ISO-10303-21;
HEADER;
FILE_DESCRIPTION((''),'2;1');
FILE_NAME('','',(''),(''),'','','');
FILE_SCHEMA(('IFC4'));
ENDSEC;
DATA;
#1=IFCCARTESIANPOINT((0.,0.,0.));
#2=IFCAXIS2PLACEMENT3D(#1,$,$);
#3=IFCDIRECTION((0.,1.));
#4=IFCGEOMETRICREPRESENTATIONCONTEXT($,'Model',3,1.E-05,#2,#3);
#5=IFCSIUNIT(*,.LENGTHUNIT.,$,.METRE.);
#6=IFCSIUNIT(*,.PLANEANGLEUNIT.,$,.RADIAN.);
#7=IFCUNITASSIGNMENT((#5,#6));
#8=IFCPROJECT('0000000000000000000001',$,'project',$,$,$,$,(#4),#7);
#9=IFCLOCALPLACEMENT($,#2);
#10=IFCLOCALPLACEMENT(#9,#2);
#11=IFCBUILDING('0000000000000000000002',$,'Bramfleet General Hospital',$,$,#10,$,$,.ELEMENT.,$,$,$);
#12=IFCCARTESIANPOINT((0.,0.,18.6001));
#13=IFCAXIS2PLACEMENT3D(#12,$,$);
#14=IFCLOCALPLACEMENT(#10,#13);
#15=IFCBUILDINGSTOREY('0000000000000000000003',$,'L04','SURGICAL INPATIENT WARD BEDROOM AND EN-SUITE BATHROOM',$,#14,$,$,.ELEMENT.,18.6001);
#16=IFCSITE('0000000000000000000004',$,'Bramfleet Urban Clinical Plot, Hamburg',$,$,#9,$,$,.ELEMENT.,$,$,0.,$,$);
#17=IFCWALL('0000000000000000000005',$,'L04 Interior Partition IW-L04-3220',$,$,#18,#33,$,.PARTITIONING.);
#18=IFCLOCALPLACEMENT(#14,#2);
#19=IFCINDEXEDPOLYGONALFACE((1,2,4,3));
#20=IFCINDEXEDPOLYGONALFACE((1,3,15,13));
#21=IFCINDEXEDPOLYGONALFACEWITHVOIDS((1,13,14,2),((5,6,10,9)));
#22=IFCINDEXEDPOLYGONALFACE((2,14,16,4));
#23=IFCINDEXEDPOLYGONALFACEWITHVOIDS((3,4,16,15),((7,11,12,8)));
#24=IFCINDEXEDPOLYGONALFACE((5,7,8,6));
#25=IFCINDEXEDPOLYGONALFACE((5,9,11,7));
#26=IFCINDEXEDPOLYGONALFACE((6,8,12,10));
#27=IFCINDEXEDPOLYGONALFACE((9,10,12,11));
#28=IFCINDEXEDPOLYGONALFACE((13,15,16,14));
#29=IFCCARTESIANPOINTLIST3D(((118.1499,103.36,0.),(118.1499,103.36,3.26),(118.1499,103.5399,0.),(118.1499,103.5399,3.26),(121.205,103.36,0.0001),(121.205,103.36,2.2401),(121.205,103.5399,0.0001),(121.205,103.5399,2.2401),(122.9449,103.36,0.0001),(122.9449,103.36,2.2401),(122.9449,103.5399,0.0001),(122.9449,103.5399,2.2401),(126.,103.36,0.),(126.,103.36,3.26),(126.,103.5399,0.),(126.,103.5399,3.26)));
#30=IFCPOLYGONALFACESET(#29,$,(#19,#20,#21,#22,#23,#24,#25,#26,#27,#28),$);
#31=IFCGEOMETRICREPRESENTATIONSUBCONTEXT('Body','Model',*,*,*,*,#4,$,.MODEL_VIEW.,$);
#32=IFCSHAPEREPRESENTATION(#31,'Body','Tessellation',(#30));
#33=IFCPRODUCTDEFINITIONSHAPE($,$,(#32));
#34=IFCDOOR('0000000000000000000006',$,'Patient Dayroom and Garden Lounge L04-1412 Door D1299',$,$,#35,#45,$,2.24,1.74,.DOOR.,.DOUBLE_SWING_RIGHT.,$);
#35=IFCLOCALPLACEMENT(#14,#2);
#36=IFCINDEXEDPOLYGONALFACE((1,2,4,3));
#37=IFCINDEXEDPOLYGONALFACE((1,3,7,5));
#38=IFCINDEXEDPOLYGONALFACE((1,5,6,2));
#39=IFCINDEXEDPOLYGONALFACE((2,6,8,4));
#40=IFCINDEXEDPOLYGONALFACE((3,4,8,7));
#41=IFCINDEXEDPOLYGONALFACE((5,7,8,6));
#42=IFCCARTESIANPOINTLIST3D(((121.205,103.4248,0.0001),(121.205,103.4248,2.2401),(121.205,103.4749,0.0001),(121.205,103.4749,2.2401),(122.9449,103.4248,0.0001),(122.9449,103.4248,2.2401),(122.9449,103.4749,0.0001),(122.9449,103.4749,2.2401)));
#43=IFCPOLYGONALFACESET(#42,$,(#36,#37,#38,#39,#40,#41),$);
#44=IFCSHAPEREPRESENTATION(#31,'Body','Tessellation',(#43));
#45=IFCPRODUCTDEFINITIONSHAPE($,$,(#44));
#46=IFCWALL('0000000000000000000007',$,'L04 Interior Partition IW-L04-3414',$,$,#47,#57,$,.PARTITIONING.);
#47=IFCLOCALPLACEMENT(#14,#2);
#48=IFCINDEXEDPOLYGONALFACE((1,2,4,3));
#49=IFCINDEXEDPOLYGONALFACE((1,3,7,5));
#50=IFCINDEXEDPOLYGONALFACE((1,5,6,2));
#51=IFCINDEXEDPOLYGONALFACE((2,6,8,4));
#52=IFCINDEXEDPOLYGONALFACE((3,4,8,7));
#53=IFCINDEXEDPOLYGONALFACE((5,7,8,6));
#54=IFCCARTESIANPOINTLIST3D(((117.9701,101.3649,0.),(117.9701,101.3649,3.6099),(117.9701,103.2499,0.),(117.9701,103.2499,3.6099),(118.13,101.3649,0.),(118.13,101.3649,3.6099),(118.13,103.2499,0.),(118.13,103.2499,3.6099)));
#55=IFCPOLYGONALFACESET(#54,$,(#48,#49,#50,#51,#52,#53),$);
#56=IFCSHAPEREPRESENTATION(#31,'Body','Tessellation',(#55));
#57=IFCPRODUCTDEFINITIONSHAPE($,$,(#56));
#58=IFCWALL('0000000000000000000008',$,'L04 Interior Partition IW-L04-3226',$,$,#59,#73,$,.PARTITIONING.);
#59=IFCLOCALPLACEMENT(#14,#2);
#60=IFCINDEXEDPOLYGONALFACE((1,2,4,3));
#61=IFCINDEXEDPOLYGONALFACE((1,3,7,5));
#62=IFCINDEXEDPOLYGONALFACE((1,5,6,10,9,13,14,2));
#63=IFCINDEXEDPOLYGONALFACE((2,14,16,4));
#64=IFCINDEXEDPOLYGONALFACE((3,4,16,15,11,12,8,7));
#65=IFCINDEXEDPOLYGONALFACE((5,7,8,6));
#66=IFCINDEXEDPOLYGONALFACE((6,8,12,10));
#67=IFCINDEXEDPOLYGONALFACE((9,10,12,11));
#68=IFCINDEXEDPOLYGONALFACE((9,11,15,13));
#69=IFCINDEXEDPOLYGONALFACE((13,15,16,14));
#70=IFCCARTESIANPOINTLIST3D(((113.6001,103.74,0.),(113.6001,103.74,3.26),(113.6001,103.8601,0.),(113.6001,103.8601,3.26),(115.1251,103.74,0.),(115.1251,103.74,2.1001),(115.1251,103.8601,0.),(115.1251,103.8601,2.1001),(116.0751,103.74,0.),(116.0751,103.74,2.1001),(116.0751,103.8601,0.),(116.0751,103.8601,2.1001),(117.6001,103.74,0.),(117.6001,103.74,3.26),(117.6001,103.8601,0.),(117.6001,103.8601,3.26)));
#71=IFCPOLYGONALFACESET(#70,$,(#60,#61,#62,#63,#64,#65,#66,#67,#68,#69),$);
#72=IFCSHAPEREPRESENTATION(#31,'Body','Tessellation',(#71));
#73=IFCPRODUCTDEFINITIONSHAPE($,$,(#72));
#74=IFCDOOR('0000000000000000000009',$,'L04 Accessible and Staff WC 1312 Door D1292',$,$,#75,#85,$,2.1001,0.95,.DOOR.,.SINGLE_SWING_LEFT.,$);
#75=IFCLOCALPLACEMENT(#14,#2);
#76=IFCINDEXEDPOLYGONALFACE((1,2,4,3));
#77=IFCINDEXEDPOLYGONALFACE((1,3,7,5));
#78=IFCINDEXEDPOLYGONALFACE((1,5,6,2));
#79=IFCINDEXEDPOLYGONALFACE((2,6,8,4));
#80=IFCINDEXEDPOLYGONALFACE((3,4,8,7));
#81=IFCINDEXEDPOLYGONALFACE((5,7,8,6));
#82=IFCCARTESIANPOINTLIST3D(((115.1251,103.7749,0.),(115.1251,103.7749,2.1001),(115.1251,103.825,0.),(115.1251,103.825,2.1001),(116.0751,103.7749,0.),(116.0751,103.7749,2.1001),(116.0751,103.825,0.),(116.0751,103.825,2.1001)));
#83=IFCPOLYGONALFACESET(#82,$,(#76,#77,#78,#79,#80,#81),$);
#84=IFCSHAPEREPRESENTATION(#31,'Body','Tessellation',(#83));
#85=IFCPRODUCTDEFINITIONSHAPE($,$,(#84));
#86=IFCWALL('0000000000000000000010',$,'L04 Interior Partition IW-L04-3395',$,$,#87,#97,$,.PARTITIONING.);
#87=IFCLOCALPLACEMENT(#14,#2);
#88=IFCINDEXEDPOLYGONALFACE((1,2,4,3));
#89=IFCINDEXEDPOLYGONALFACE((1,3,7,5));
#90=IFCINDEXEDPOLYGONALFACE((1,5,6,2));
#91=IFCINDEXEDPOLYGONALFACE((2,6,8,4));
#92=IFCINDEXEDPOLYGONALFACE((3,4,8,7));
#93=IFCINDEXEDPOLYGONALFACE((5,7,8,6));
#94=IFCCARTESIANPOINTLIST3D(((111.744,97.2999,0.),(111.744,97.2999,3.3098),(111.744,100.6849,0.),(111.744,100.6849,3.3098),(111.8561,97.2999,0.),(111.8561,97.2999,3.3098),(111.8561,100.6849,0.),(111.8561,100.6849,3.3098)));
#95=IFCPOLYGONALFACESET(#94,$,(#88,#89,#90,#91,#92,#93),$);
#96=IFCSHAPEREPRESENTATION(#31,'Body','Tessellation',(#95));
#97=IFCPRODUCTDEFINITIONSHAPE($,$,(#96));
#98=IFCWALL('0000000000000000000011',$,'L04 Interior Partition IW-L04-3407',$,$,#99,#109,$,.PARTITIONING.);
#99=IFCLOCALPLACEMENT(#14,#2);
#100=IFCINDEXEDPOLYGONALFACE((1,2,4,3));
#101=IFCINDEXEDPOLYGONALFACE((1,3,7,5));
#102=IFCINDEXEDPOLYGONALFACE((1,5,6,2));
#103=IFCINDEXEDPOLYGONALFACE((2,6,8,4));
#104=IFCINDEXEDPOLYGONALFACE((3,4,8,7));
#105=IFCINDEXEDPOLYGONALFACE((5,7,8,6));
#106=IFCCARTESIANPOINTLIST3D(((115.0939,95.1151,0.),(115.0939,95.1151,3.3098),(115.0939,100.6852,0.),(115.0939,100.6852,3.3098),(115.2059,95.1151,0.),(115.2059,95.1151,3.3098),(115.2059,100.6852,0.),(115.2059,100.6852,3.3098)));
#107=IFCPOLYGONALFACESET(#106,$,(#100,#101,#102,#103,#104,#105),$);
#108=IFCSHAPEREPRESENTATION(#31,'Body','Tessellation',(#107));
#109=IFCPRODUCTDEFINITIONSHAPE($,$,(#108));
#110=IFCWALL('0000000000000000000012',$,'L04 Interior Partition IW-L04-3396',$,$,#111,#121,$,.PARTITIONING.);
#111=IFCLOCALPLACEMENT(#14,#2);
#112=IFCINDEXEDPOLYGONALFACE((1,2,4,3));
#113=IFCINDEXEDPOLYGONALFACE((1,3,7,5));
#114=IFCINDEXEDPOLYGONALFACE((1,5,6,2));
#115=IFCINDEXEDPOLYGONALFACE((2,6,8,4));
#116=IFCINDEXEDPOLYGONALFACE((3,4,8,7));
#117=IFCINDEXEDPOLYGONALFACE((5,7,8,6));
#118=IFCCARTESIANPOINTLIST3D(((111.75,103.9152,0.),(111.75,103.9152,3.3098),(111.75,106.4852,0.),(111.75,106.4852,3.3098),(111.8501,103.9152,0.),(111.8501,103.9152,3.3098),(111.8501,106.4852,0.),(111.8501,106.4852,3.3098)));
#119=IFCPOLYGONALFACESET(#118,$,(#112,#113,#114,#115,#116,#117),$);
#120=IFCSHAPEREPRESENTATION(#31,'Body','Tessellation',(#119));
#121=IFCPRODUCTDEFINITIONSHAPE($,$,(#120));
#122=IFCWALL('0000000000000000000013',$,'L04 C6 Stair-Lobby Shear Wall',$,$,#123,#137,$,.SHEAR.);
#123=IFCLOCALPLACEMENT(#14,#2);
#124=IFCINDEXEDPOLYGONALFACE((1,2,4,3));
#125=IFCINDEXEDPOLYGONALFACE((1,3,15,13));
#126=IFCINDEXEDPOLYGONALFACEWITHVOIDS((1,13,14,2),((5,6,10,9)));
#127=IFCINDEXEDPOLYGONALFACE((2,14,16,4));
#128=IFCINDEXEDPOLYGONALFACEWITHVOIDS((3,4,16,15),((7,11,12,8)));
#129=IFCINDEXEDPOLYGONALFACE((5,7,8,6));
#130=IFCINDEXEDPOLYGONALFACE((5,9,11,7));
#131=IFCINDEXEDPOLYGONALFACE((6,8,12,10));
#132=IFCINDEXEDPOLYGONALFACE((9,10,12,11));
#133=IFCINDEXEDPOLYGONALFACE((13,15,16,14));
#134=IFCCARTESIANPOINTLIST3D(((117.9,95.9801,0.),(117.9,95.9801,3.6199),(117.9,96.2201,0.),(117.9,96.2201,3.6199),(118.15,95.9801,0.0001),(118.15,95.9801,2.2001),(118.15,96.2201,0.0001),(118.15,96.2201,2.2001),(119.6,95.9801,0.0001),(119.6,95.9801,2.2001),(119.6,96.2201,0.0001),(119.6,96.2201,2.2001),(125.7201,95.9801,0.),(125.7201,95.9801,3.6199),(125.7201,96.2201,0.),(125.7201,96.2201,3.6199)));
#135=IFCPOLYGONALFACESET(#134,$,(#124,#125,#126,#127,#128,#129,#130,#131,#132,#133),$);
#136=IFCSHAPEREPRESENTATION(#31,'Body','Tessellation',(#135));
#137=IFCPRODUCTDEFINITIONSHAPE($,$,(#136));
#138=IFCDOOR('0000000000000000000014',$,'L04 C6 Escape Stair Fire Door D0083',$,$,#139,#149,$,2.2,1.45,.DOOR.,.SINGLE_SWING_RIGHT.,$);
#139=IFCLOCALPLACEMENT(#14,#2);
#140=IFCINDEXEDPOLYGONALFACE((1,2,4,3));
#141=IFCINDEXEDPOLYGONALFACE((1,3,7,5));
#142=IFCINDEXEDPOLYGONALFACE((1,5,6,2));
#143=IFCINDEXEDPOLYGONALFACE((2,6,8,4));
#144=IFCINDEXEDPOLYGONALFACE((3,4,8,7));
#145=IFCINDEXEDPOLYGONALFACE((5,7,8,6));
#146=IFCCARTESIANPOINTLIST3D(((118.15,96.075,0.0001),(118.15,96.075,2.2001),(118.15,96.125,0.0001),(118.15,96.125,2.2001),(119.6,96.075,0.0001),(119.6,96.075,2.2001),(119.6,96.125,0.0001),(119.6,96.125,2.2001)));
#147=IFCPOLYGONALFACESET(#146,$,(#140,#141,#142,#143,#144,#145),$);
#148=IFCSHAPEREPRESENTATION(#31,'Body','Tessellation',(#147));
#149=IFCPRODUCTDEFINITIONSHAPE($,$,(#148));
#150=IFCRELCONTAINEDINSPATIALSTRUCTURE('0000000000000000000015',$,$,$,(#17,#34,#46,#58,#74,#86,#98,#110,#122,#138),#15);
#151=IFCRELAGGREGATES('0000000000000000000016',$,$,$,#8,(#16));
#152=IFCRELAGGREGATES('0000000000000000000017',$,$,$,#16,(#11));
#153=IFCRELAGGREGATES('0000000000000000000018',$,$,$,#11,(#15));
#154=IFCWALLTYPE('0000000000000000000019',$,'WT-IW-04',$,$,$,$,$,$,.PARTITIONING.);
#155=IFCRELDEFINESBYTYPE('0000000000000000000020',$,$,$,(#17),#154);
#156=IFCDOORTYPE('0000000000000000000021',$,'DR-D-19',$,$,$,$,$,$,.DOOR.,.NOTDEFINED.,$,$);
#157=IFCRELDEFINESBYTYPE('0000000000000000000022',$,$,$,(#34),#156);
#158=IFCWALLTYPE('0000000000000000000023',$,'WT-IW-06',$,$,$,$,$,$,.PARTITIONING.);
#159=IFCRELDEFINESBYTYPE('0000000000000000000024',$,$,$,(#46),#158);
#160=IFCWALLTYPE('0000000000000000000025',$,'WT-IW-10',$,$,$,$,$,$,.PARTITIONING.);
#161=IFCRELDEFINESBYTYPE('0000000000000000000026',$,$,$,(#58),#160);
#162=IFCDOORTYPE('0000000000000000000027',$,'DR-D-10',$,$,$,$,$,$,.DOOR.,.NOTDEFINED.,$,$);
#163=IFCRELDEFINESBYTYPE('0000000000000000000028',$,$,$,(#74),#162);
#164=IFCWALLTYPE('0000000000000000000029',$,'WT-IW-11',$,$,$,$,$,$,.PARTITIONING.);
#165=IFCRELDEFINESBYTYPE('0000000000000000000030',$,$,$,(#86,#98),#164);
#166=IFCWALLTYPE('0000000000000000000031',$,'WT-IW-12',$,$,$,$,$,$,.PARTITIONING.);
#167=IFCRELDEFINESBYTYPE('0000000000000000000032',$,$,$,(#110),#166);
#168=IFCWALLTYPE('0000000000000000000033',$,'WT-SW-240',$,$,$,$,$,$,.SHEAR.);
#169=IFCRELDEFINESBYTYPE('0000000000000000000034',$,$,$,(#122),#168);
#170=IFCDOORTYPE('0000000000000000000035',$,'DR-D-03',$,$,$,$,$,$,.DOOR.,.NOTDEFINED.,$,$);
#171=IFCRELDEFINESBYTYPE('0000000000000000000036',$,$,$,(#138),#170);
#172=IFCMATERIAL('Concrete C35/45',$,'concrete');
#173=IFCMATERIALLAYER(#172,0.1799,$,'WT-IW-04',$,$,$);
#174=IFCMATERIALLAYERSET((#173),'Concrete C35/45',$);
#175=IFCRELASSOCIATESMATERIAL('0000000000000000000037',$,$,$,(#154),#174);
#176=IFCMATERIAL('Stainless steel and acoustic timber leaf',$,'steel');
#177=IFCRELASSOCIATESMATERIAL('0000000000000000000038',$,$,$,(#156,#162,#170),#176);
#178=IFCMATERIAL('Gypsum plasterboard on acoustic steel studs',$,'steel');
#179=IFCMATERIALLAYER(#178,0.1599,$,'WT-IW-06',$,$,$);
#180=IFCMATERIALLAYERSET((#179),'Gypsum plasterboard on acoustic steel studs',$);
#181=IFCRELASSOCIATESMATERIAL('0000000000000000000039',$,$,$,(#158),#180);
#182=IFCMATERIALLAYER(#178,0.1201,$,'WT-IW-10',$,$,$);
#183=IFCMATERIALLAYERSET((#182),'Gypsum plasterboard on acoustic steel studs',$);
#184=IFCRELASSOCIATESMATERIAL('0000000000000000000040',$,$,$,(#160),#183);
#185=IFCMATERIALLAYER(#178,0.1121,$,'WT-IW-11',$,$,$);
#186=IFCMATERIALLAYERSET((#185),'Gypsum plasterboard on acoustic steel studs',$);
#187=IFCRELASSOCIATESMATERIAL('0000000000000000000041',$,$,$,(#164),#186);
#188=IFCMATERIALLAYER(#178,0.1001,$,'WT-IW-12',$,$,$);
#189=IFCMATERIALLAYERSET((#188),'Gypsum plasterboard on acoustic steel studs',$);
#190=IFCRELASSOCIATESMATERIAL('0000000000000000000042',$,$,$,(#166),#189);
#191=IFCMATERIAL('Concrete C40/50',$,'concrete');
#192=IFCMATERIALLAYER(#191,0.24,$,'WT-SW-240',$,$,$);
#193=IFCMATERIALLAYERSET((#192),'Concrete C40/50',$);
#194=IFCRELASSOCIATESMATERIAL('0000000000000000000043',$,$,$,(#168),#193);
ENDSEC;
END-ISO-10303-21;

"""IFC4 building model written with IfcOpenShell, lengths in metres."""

from ifc_helpers import new_model, si_unit, direction, frame, frame_2d, origin, place, context, subcontext, project, spatial, rectangle, extrude, material, layer, layer_set, type_object, element, fill, save


model = new_model("IFC4")

# Units and contexts
model_context = context("Model", 3, precision=1e-05, world=origin(), true_north=direction((0.0, 1.0)))
body_context = subcontext(model_context, "Body", "Model", "MODEL_VIEW")
ifc_project = project(units=[si_unit("LENGTHUNIT", "METRE"), si_unit("PLANEANGLEUNIT", "RADIAN")], contexts=[model_context])

# Site, building, storey
site_placement = place(None, origin())
site = spatial("IfcSite", under=ifc_project, at=site_placement, Name="Bramfleet Urban Clinical Plot, Hamburg", CompositionType="ELEMENT", RefElevation=0.0)
building_placement = place(site_placement, origin())
building = spatial("IfcBuilding", under=site, at=building_placement, Name="Bramfleet General Hospital", CompositionType="ELEMENT")
storey_placement = place(building_placement, frame((0.0, 0.0, 18.6001)))
storey = spatial("IfcBuildingStorey", under=building, at=storey_placement, Name="L04", Description="SURGICAL INPATIENT WARD BEDROOM AND EN-SUITE BATHROOM", CompositionType="ELEMENT", Elevation=18.6001)

# Shared definitions
ifc_material_1 = material(Name="Concrete C40/50", Category="concrete")

# Shared definitions
ifc_material_2 = material(Name="Concrete C35/45", Category="concrete")

# Shared definitions
ifc_material_3 = material(Name="Stainless steel and acoustic timber leaf", Category="steel")

# Wall, opening, door
ifc_layer_1 = layer(ifc_material_2, 0.1799, Name="WT-IW-04")
ifc_layer_set_1 = layer_set([ifc_layer_1], Name="Concrete C35/45")
wall_type_1 = type_object("IfcWallType", Name="WT-IW-04", PredefinedType="PARTITIONING", material=ifc_layer_set_1)
wall_1_placement = place(storey_placement, frame((118.1499, 103.45, 0.0), z_axis=(0.0, 0.0, 1.0), x_axis=(1.0, 0.0, 0.0)))
wall_1 = element("IfcWall", 1, at=wall_1_placement, inside=storey, type_object=wall_type_1, Name="L04 Interior Partition IW-L04-3220", PredefinedType="PARTITIONING", context=body_context, shape_type="SweptSolid", body=[
    extrude(rectangle(XDim=7.8501, YDim=0.1799, at=frame_2d((3.925, 0.0))), origin(), (0.0, 0.0, 1.0), 3.26),
])
opening_1_placement = place(wall_1_placement, frame((3.0549, 0.0, 0.0)))
opening_1 = element("IfcOpeningElement", 2, at=opening_1_placement, cuts=wall_1, PredefinedType="OPENING", context=body_context, shape_type="SweptSolid", body=[
    extrude(rectangle(XDim=1.74, YDim=2.24, at=frame_2d((0.8701, 1.1201))), frame((0.0, 0.0999, 0.0), z_axis=(0.0, -1.0, 0.0), x_axis=(1.0, 0.0, 0.0)), (0.0, 0.0, 1.0), 0.2),
])
door_type_1 = type_object("IfcDoorType", Name="DR-D-19", OperationType="NOTDEFINED", PredefinedType="DOOR", material=ifc_material_3)
door_1_placement = place(opening_1_placement, origin())
door_1 = element("IfcDoor", 3, at=door_1_placement, inside=storey, type_object=door_type_1, Name="Patient Dayroom and Garden Lounge L04-1412 Door D1299", OperationType="DOUBLE_SWING_RIGHT", OverallHeight=2.24, OverallWidth=1.74, PredefinedType="DOOR", context=body_context, shape_type="SweptSolid", body=[
    extrude(rectangle(XDim=1.74, YDim=2.24, at=frame_2d((0.8701, 1.1201))), frame((0.0, 0.0249, 0.0), z_axis=(0.0, -1.0, 0.0), x_axis=(1.0, 0.0, 0.0)), (0.0, 0.0, 1.0), 0.05),
])
fill(opening_1, door_1)

# Wall
ifc_material_4 = material(Name="Gypsum plasterboard on acoustic steel studs", Category="steel")
ifc_layer_2 = layer(ifc_material_4, 0.1599, Name="WT-IW-06")
ifc_layer_set_2 = layer_set([ifc_layer_2], Name="Gypsum plasterboard on acoustic steel studs")
wall_type_2 = type_object("IfcWallType", Name="WT-IW-06", PredefinedType="PARTITIONING", material=ifc_layer_set_2)
wall_2_placement = place(storey_placement, frame((118.05, 101.365, 0.0), z_axis=(0.0, 0.0, 1.0), x_axis=(0.0, 1.0, 0.0)))
element("IfcWall", 4, at=wall_2_placement, inside=storey, type_object=wall_type_2, Name="L04 Interior Partition IW-L04-3414", PredefinedType="PARTITIONING", context=body_context, shape_type="SweptSolid", body=[
    extrude(rectangle(XDim=1.885, YDim=0.1599, at=frame_2d((0.9424, 0.0))), origin(), (0.0, 0.0, 1.0), 3.6099),
])

# Wall, opening, door
ifc_layer_3 = layer(ifc_material_4, 0.1201, Name="WT-IW-10")
ifc_layer_set_3 = layer_set([ifc_layer_3], Name="Gypsum plasterboard on acoustic steel studs")
wall_type_3 = type_object("IfcWallType", Name="WT-IW-10", PredefinedType="PARTITIONING", material=ifc_layer_set_3)
wall_3_placement = place(storey_placement, frame((113.6001, 103.8, 0.0), z_axis=(0.0, 0.0, 1.0), x_axis=(1.0, 0.0, 0.0)))
wall_3 = element("IfcWall", 5, at=wall_3_placement, inside=storey, type_object=wall_type_3, Name="L04 Interior Partition IW-L04-3226", PredefinedType="PARTITIONING", context=body_context, shape_type="SweptSolid", body=[
    extrude(rectangle(XDim=4.0, YDim=0.1201, at=frame_2d((2.0, 0.0))), origin(), (0.0, 0.0, 1.0), 3.26),
])
opening_2_placement = place(wall_3_placement, frame((1.5249, 0.0, 0.0)))
opening_2 = element("IfcOpeningElement", 6, at=opening_2_placement, cuts=wall_3, PredefinedType="OPENING", context=body_context, shape_type="SweptSolid", body=[
    extrude(rectangle(XDim=0.95, YDim=2.1001, at=frame_2d((0.4751, 1.05))), frame((0.0, 0.0701, 0.0), z_axis=(0.0, -1.0, 0.0), x_axis=(1.0, 0.0, 0.0)), (0.0, 0.0, 1.0), 0.1401),
])
door_type_2 = type_object("IfcDoorType", Name="DR-D-10", OperationType="NOTDEFINED", PredefinedType="DOOR", material=ifc_material_3)
door_2_placement = place(opening_2_placement, origin())
door_2 = element("IfcDoor", 7, at=door_2_placement, inside=storey, type_object=door_type_2, Name="L04 Accessible and Staff WC 1312 Door D1292", OperationType="SINGLE_SWING_LEFT", OverallHeight=2.1001, OverallWidth=0.95, PredefinedType="DOOR", context=body_context, shape_type="SweptSolid", body=[
    extrude(rectangle(XDim=0.95, YDim=2.1001, at=frame_2d((0.4751, 1.05))), frame((0.0, 0.0249, 0.0), z_axis=(0.0, -1.0, 0.0), x_axis=(1.0, 0.0, 0.0)), (0.0, 0.0, 1.0), 0.05),
])
fill(opening_2, door_2)

# Walls
ifc_layer_4 = layer(ifc_material_4, 0.1121, Name="WT-IW-11")
ifc_layer_set_4 = layer_set([ifc_layer_4], Name="Gypsum plasterboard on acoustic steel studs")
wall_type_4 = type_object("IfcWallType", Name="WT-IW-11", PredefinedType="PARTITIONING", material=ifc_layer_set_4)
wall_4_placement = place(storey_placement, frame((111.8, 97.3, 0.0), z_axis=(0.0, 0.0, 1.0), x_axis=(0.0, 1.0, 0.0)))
element("IfcWall", 8, at=wall_4_placement, inside=storey, type_object=wall_type_4, Name="L04 Interior Partition IW-L04-3395", PredefinedType="PARTITIONING", context=body_context, shape_type="SweptSolid", body=[
    extrude(rectangle(XDim=3.385, YDim=0.1121, at=frame_2d((1.6924, 0.0))), origin(), (0.0, 0.0, 1.0), 3.3098),
])
wall_5_placement = place(storey_placement, frame((115.1499, 95.115, 0.0), z_axis=(0.0, 0.0, 1.0), x_axis=(0.0, 1.0, 0.0)))
element("IfcWall", 9, at=wall_5_placement, inside=storey, type_object=wall_type_4, Name="L04 Interior Partition IW-L04-3407", PredefinedType="PARTITIONING", context=body_context, shape_type="SweptSolid", body=[
    extrude(rectangle(XDim=5.5701, YDim=0.1121, at=frame_2d((2.7852, 0.0))), origin(), (0.0, 0.0, 1.0), 3.3098),
])
ifc_layer_5 = layer(ifc_material_4, 0.1001, Name="WT-IW-12")
ifc_layer_set_5 = layer_set([ifc_layer_5], Name="Gypsum plasterboard on acoustic steel studs")
wall_type_5 = type_object("IfcWallType", Name="WT-IW-12", PredefinedType="PARTITIONING", material=ifc_layer_set_5)
wall_6_placement = place(storey_placement, frame((111.8, 103.915, 0.0), z_axis=(0.0, 0.0, 1.0), x_axis=(0.0, 1.0, 0.0)))
element("IfcWall", 10, at=wall_6_placement, inside=storey, type_object=wall_type_5, Name="L04 Interior Partition IW-L04-3396", PredefinedType="PARTITIONING", context=body_context, shape_type="SweptSolid", body=[
    extrude(rectangle(XDim=2.5701, YDim=0.1001, at=frame_2d((1.2852, 0.0))), origin(), (0.0, 0.0, 1.0), 3.3098),
])

# Wall, opening, door
ifc_layer_6 = layer(ifc_material_1, 0.24, Name="WT-SW-240")
ifc_layer_set_6 = layer_set([ifc_layer_6], Name="Concrete C40/50")
wall_type_6 = type_object("IfcWallType", Name="WT-SW-240", PredefinedType="SHEAR", material=ifc_layer_set_6)
wall_7_placement = place(storey_placement, frame((117.8999, 96.1001, 0.0), z_axis=(0.0, 0.0, 1.0), x_axis=(1.0, 0.0, 0.0)))
wall_7 = element("IfcWall", 11, at=wall_7_placement, inside=storey, type_object=wall_type_6, Name="L04 C6 Stair-Lobby Shear Wall", PredefinedType="SHEAR", context=body_context, shape_type="SweptSolid", body=[
    extrude(rectangle(XDim=7.8201, YDim=0.24, at=frame_2d((3.9102, 0.0))), origin(), (0.0, 0.0, 1.0), 3.6199),
])
opening_3_placement = place(wall_7_placement, frame((0.25, 0.0, 0.0)))
opening_3 = element("IfcOpeningElement", 12, at=opening_3_placement, cuts=wall_7, PredefinedType="OPENING", context=body_context, shape_type="SweptSolid", body=[
    extrude(rectangle(XDim=1.45, YDim=2.2, at=frame_2d((0.7251, 1.1001))), frame((0.0, 0.1299, 0.0), z_axis=(0.0, -1.0, 0.0), x_axis=(1.0, 0.0, 0.0)), (0.0, 0.0, 1.0), 0.26),
])
door_type_3 = type_object("IfcDoorType", Name="DR-D-03", OperationType="NOTDEFINED", PredefinedType="DOOR", material=ifc_material_3)
door_3_placement = place(opening_3_placement, origin())
door_3 = element("IfcDoor", 13, at=door_3_placement, inside=storey, type_object=door_type_3, Name="L04 C6 Escape Stair Fire Door D0083", OperationType="SINGLE_SWING_RIGHT", OverallHeight=2.2, OverallWidth=1.45, PredefinedType="DOOR", context=body_context, shape_type="SweptSolid", body=[
    extrude(rectangle(XDim=1.45, YDim=2.2, at=frame_2d((0.7251, 1.1001))), frame((0.0, 0.0249, 0.0), z_axis=(0.0, -1.0, 0.0), x_axis=(1.0, 0.0, 0.0)), (0.0, 0.0, 1.0), 0.05),
])
fill(opening_3, door_3)

save(model, "model.ifc")
